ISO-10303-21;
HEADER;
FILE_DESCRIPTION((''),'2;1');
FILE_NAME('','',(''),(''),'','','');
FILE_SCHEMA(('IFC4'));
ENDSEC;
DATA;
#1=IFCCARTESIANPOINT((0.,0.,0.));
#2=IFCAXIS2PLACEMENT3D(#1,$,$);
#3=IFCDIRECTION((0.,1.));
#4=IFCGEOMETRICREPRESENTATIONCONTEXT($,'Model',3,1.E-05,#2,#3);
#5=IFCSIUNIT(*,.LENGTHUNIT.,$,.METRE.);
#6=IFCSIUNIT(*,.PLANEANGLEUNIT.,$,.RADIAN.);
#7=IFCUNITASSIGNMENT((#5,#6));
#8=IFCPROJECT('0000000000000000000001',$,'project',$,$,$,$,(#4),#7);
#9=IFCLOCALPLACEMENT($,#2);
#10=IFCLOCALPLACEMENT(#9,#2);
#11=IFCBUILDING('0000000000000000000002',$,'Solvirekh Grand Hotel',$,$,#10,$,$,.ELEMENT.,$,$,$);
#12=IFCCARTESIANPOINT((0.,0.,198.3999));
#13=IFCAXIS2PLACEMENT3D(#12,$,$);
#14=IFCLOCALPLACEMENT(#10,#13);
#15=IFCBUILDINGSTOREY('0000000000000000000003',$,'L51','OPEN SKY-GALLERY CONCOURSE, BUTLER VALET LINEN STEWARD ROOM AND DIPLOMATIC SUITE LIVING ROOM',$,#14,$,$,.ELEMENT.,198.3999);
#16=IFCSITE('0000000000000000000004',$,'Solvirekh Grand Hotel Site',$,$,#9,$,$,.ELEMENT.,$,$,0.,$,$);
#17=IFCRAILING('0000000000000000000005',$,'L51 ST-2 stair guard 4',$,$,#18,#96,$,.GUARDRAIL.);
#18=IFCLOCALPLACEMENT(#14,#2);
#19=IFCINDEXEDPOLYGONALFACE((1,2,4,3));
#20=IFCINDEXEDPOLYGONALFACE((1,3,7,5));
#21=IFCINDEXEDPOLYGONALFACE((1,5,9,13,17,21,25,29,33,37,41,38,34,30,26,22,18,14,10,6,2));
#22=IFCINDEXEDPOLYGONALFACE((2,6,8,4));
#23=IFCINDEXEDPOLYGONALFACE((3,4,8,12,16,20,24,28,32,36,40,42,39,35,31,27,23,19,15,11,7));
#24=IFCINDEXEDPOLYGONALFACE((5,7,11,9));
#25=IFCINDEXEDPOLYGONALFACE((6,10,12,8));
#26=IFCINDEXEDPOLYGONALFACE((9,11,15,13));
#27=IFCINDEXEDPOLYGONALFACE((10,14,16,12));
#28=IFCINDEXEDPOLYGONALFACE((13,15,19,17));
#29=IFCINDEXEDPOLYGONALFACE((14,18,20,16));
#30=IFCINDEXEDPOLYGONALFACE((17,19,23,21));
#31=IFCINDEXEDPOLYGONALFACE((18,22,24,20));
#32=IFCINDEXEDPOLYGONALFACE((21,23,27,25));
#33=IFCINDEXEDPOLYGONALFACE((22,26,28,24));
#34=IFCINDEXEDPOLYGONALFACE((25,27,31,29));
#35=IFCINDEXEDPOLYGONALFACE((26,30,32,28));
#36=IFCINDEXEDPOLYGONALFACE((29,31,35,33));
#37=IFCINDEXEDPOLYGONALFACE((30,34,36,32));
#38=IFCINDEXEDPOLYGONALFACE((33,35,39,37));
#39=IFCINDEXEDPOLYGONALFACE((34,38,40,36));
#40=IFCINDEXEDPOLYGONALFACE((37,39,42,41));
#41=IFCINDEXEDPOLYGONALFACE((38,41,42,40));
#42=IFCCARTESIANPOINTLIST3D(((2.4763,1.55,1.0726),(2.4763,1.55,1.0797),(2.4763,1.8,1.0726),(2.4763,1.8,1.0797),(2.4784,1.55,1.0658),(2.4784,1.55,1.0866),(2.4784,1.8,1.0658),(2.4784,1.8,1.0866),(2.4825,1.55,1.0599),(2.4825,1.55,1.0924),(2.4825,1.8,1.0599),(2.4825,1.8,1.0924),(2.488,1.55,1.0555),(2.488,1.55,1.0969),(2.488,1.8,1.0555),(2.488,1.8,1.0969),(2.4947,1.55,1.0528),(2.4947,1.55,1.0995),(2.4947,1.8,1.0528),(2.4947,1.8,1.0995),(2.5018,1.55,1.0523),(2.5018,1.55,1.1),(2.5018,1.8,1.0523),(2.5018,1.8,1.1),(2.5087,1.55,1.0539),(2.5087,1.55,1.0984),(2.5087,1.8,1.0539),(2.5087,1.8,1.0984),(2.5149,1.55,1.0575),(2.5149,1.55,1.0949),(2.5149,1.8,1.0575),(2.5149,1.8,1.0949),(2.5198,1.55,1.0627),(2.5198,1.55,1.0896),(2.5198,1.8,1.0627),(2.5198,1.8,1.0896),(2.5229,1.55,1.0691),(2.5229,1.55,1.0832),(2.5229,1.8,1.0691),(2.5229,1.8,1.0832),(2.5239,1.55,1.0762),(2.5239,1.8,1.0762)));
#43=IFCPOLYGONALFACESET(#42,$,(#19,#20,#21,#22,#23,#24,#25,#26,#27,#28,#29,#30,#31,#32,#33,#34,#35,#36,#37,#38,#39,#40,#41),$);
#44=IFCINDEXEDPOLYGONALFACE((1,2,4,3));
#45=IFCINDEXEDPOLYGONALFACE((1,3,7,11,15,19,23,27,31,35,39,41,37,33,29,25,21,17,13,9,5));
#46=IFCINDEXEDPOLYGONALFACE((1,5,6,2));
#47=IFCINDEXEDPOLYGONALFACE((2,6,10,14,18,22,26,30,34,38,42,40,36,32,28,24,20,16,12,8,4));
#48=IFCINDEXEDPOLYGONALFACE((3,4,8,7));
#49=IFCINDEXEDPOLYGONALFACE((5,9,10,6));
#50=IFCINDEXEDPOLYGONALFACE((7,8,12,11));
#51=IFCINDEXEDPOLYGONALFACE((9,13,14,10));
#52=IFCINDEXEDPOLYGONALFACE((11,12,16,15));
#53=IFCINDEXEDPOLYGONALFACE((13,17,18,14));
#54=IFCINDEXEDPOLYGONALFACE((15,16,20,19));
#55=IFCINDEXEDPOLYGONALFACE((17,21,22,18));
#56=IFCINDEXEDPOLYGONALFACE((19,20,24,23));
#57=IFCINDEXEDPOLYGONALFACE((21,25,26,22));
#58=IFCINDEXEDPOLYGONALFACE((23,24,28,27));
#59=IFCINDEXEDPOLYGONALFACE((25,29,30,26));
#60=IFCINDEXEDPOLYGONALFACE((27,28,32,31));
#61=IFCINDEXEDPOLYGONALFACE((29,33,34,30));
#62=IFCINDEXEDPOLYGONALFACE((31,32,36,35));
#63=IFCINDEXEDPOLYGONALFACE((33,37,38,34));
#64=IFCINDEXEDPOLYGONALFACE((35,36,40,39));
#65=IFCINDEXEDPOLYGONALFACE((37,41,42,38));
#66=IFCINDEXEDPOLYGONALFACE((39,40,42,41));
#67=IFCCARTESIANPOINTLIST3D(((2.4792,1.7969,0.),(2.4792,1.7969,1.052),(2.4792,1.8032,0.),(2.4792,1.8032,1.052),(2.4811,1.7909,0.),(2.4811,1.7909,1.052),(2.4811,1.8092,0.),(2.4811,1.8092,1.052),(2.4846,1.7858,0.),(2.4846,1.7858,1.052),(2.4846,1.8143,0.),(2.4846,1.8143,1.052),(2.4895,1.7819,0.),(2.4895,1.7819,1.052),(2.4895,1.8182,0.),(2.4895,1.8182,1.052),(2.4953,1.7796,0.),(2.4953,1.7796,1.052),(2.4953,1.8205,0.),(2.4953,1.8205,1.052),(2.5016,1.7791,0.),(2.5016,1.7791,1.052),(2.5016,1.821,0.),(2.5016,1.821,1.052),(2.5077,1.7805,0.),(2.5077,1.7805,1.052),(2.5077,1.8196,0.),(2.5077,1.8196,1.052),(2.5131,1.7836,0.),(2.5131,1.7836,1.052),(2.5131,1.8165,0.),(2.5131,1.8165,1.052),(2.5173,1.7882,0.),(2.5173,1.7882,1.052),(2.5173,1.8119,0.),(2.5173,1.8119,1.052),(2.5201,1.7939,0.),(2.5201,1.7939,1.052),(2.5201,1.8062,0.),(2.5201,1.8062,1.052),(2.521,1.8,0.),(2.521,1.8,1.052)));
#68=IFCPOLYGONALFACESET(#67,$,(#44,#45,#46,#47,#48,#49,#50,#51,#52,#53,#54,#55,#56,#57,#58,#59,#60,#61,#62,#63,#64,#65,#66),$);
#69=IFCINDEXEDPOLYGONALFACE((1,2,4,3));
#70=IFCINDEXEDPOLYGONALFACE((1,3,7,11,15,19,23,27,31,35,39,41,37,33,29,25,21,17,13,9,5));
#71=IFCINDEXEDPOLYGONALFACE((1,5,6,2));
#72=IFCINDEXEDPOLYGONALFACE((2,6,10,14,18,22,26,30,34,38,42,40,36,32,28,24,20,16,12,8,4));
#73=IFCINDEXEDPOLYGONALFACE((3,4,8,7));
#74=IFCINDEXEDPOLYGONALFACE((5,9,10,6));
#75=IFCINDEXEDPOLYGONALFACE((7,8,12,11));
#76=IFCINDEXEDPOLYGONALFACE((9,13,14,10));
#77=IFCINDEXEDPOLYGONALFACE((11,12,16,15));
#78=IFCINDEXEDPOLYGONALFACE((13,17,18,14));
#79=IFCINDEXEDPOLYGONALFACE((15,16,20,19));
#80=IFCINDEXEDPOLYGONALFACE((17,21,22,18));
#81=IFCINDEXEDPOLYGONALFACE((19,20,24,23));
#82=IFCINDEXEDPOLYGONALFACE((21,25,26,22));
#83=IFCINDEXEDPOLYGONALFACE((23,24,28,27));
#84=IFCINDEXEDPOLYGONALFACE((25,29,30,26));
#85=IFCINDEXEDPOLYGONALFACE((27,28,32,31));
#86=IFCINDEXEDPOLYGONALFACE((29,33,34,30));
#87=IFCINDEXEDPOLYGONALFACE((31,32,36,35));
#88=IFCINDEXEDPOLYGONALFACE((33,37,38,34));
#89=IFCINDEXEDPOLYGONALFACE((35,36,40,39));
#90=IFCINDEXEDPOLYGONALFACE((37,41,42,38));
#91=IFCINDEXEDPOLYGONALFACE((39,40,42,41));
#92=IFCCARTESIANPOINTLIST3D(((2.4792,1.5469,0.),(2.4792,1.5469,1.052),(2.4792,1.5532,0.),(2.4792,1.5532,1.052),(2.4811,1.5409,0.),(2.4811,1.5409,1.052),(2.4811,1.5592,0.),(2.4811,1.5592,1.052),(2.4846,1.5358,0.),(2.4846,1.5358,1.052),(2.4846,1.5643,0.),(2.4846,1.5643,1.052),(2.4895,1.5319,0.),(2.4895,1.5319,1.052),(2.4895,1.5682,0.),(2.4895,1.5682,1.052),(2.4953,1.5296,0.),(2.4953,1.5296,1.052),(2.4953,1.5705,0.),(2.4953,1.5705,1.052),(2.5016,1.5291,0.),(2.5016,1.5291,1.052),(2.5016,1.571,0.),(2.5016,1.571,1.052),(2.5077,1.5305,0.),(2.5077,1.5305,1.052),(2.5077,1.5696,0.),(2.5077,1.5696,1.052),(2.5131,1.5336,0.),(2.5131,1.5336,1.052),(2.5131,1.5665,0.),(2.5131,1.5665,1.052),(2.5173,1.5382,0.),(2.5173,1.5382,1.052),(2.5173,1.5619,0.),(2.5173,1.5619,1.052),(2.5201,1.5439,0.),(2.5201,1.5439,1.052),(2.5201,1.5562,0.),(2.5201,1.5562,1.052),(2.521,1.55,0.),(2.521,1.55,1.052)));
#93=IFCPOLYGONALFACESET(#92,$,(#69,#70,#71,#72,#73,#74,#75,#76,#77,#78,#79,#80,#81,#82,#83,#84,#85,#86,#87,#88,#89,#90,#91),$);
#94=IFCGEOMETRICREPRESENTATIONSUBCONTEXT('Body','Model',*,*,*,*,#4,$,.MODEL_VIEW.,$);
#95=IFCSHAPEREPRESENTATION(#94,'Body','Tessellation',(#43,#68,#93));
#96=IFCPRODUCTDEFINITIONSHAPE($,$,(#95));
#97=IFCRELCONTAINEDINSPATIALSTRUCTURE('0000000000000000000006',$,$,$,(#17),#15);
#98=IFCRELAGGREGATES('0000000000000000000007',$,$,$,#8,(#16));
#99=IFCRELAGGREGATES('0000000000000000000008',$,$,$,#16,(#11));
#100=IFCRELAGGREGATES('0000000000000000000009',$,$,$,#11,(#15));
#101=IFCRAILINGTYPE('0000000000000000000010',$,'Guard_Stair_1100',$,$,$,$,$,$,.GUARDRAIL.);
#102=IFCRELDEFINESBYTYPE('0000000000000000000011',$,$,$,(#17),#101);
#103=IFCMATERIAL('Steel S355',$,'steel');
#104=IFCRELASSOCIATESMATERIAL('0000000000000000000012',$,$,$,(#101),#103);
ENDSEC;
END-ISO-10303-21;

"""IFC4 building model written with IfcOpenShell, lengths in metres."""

from ifc_helpers import new_model, si_unit, direction, frame, origin, origin_2d, place, context, subcontext, project, spatial, circle, extrude, material, type_object, element, save


model = new_model("IFC4")

# Units and contexts
model_context = context("Model", 3, precision=1e-05, world=origin(), true_north=direction((0.0, 1.0)))
body_context = subcontext(model_context, "Body", "Model", "MODEL_VIEW")
ifc_project = project(units=[si_unit("LENGTHUNIT", "METRE"), si_unit("PLANEANGLEUNIT", "RADIAN")], contexts=[model_context])

# Site, building, storey
site_placement = place(None, origin())
site = spatial("IfcSite", under=ifc_project, at=site_placement, Name="Solvirekh Grand Hotel Site", CompositionType="ELEMENT", RefElevation=0.0)
building_placement = place(site_placement, origin())
building = spatial("IfcBuilding", under=site, at=building_placement, Name="Solvirekh Grand Hotel", CompositionType="ELEMENT")
storey_placement = place(building_placement, frame((0.0, 0.0, 198.3999)))
storey = spatial("IfcBuildingStorey", under=building, at=storey_placement, Name="L51", Description="OPEN SKY-GALLERY CONCOURSE, BUTLER VALET LINEN STEWARD ROOM AND DIPLOMATIC SUITE LIVING ROOM", CompositionType="ELEMENT", Elevation=198.3999)

# Shared definitions
ifc_material_1 = material(Name="Steel S355", Category="steel")

# Railing
railing_type_1 = type_object("IfcRailingType", Name="Guard_Stair_1100", PredefinedType="GUARDRAIL", material=ifc_material_1)
railing_1_placement = place(storey_placement, frame((2.5, 1.8, 0.0)))
element("IfcRailing", 1, at=railing_1_placement, inside=storey, type_object=railing_type_1, Name="L51 ST-2 stair guard 4", PredefinedType="GUARDRAIL", context=body_context, shape_type="SweptSolid", body=[
    extrude(circle(Radius=0.0239, at=origin_2d()), frame((0.0, 0.0, 1.0762), z_axis=(0.0, -1.0, 0.0), x_axis=(1.0, 0.0, 0.0)), (0.0, 0.0, 1.0), 0.25),
    extrude(circle(Radius=0.021, at=origin_2d()), origin(), (0.0, 0.0, 1.0), 1.052),
    extrude(circle(Radius=0.021, at=origin_2d()), frame((0.0, -0.25, 0.0)), (0.0, 0.0, 1.0), 1.052),
])

save(model, "model.ifc")
